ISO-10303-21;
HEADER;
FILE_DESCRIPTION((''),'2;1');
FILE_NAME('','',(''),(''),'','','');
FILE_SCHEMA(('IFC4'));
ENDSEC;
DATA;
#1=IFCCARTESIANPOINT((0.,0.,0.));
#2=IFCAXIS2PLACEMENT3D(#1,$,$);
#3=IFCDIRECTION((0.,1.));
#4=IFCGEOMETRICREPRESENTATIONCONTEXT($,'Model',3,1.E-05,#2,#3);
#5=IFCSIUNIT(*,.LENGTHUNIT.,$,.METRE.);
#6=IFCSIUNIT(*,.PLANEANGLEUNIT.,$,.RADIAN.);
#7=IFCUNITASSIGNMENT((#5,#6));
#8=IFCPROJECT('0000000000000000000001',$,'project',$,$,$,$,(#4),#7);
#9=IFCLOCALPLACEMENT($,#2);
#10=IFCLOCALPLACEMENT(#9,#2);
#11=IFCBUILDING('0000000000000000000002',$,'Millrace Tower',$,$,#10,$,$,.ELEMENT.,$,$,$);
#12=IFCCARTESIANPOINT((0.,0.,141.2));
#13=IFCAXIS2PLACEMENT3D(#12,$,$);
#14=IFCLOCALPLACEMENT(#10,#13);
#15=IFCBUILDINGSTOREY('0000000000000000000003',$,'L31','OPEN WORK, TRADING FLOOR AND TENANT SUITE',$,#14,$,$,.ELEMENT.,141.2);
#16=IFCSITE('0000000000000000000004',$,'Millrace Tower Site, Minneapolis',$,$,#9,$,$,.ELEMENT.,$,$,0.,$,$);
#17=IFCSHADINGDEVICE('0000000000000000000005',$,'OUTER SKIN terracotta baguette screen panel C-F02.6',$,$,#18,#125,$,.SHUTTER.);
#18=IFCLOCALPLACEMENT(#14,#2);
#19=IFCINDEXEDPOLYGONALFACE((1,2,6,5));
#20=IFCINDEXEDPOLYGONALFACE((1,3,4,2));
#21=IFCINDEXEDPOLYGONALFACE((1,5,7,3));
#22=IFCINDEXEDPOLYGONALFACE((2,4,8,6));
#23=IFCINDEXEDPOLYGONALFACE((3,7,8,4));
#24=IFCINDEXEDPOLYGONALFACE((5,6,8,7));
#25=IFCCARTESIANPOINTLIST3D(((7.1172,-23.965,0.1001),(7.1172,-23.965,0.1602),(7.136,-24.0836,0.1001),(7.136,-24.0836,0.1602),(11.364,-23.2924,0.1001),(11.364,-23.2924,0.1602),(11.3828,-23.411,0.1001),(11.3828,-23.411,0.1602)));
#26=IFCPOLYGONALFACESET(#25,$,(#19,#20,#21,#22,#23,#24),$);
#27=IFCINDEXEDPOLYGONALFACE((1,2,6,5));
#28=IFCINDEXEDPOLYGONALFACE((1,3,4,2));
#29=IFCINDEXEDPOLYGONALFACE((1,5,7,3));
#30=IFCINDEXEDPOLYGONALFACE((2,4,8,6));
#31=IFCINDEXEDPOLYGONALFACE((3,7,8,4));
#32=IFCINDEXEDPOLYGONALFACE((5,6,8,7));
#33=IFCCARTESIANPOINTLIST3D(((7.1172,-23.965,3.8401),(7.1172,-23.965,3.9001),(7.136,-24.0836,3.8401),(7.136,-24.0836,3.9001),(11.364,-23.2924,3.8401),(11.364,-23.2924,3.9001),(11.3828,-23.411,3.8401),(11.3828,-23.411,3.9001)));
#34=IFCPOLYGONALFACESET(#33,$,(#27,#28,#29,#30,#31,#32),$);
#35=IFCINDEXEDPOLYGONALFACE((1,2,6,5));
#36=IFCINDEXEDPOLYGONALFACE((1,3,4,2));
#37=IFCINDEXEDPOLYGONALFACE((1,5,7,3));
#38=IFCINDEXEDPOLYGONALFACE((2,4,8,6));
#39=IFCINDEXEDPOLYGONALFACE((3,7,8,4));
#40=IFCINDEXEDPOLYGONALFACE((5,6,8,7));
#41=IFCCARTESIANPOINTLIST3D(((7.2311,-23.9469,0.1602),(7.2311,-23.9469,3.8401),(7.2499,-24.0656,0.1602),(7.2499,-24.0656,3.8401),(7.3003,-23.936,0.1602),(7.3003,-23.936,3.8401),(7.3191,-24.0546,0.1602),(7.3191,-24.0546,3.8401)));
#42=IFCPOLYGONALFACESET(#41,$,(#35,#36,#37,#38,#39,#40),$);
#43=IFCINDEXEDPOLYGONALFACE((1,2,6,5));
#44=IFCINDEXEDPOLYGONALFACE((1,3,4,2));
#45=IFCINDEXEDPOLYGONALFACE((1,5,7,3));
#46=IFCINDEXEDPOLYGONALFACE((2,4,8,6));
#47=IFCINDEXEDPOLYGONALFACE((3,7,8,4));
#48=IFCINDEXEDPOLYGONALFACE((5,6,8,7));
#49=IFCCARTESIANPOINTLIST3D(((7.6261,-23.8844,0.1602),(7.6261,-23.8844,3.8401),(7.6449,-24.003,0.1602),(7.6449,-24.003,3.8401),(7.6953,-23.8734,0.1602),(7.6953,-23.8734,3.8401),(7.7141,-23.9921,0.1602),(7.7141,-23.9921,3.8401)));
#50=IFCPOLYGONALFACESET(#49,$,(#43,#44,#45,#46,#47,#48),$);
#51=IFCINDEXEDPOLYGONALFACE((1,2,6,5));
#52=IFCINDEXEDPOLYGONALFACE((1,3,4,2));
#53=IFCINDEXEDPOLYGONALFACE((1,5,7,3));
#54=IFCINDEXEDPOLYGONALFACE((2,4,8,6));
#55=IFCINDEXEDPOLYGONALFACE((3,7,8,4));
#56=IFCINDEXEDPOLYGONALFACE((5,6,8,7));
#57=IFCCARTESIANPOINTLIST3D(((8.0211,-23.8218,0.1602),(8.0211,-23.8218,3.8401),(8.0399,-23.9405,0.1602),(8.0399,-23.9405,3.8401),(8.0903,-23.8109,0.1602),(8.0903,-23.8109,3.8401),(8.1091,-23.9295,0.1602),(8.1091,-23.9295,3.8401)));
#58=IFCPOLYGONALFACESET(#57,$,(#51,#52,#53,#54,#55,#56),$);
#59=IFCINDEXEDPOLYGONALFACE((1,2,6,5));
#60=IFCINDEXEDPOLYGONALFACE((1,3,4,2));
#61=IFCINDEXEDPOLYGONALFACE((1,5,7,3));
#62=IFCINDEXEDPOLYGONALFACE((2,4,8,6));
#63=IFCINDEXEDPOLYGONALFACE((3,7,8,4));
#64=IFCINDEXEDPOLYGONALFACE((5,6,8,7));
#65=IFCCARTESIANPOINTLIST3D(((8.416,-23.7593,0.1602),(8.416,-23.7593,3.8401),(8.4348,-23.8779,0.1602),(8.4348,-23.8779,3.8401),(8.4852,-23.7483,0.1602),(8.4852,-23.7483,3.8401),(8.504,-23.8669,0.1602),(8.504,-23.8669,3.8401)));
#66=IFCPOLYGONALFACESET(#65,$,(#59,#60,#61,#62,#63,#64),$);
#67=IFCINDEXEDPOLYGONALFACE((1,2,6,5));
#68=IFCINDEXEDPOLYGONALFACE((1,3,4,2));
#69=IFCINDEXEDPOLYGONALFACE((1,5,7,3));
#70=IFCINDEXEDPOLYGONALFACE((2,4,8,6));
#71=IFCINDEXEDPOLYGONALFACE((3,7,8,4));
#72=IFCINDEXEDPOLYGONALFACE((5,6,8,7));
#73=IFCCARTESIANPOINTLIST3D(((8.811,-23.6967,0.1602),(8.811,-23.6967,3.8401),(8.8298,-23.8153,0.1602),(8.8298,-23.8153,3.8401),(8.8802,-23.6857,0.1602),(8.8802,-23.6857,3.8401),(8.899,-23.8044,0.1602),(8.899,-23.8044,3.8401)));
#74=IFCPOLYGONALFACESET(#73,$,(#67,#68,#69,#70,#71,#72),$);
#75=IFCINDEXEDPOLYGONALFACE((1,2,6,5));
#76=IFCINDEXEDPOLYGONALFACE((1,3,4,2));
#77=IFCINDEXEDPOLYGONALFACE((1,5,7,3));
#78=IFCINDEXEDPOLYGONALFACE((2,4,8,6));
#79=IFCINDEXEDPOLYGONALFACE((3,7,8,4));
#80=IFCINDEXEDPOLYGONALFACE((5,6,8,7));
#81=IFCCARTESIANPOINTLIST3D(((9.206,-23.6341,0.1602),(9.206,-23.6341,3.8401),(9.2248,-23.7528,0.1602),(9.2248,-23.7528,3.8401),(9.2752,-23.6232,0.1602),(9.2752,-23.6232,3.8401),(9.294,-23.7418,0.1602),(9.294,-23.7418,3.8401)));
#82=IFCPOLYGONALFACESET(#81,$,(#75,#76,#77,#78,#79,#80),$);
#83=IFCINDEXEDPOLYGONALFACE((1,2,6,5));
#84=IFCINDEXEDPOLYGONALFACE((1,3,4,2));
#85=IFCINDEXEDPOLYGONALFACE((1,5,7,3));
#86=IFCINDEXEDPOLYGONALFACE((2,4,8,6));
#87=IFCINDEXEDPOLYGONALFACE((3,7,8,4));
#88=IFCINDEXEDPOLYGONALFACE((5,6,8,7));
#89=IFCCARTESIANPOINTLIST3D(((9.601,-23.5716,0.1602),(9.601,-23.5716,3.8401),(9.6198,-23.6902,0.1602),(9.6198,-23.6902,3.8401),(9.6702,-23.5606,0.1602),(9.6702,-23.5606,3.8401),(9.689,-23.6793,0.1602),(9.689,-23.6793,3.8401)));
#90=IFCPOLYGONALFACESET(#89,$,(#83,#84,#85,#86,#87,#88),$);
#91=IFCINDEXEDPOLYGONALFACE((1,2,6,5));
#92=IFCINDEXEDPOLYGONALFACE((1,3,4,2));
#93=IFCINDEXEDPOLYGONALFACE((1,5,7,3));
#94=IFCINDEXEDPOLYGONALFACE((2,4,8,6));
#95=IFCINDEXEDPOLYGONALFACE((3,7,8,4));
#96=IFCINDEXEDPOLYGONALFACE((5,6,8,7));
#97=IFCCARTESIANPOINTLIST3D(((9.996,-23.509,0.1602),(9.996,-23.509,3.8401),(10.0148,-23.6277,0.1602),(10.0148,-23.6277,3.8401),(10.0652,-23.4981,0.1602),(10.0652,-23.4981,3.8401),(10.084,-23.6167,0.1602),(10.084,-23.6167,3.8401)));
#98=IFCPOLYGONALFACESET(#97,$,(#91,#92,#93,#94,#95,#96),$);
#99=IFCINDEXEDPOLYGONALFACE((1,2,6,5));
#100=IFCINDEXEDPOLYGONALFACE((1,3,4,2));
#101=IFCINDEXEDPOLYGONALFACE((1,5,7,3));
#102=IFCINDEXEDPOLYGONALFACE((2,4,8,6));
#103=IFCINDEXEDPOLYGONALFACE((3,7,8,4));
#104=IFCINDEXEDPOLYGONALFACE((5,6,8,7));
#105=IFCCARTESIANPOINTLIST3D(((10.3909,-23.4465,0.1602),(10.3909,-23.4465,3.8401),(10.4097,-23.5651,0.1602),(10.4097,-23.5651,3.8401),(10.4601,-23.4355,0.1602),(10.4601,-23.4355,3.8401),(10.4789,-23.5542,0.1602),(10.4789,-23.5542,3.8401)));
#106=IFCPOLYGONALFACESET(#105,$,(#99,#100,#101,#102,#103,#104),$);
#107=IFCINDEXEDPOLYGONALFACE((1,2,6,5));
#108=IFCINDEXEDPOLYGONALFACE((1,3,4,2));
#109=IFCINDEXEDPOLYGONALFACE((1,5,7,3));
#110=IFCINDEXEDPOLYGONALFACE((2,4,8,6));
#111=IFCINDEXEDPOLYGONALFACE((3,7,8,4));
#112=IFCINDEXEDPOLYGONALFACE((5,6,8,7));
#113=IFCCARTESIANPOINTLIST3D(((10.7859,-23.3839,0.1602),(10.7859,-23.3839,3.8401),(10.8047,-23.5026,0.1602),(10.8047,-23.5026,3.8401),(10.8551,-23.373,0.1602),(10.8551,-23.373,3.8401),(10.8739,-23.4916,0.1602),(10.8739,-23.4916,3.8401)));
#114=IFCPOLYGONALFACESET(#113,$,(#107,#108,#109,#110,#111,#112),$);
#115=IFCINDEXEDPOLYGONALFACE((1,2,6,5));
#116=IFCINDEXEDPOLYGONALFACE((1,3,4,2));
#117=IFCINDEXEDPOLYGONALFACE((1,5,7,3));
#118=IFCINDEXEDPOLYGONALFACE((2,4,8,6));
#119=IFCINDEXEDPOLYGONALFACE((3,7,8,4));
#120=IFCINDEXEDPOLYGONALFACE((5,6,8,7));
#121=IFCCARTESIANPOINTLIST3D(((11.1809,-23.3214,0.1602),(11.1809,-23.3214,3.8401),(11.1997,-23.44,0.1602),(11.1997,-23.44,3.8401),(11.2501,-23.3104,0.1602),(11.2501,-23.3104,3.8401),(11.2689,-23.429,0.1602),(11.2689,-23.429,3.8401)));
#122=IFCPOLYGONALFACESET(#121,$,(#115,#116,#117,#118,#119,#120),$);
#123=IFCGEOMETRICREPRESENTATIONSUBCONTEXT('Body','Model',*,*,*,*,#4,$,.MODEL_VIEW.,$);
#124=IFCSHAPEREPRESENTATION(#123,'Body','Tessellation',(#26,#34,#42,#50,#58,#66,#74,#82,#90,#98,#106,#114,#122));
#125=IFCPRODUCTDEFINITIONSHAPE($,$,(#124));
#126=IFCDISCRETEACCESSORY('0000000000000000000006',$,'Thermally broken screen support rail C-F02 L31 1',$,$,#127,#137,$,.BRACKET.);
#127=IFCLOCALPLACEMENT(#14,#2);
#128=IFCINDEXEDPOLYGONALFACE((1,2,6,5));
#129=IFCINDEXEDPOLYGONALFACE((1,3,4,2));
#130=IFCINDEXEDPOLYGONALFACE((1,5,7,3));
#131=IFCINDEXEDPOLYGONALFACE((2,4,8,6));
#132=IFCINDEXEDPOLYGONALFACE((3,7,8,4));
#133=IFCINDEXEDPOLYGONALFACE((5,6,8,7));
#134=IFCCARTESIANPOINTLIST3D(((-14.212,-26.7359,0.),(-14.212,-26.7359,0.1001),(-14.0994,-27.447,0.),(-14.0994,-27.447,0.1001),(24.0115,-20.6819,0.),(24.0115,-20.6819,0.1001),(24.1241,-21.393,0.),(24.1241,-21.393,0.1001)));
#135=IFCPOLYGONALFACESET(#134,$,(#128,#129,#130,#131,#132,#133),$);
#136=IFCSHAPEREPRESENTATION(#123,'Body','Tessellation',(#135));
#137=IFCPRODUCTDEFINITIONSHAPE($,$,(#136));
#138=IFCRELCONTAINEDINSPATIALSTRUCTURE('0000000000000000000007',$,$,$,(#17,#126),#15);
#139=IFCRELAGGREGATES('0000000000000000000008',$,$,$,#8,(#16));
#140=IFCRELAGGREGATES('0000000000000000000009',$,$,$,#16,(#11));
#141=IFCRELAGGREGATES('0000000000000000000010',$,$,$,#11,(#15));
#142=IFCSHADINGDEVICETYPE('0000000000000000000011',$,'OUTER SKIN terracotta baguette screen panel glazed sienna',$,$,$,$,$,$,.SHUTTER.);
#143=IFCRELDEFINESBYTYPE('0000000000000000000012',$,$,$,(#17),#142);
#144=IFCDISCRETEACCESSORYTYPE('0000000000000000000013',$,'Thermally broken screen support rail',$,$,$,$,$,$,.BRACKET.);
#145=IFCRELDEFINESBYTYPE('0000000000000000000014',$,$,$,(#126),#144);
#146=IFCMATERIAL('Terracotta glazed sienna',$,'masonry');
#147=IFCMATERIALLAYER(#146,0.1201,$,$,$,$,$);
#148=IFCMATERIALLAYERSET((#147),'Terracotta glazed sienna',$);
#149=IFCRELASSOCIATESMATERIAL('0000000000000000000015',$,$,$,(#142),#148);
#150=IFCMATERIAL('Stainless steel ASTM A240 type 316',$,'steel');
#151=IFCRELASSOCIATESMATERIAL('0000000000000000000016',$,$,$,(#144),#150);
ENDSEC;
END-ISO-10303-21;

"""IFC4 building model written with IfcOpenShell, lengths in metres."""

from ifc_helpers import new_model, entity, si_unit, direction, frame, frame_2d, origin, origin_2d, place, context, subcontext, project, spatial, rectangle, extrude, source, transform, mapped, material, layer, layer_set, type_object, element, save


model = new_model("IFC4")

# Units and contexts
model_context = context("Model", 3, precision=1e-05, world=origin(), true_north=direction((0.0, 1.0)))
body_context = subcontext(model_context, "Body", "Model", "MODEL_VIEW")
ifc_project = project(units=[si_unit("LENGTHUNIT", "METRE"), si_unit("PLANEANGLEUNIT", "RADIAN")], contexts=[model_context])

# Site, building, storey
site_placement = place(None, origin())
site = spatial("IfcSite", under=ifc_project, at=site_placement, Name="Millrace Tower Site, Minneapolis", CompositionType="ELEMENT", RefElevation=0.0)
building_placement = place(site_placement, origin())
building = spatial("IfcBuilding", under=site, at=building_placement, Name="Millrace Tower", CompositionType="ELEMENT")
storey_placement = place(building_placement, frame((0.0, 0.0, 141.2)))
storey = spatial("IfcBuildingStorey", under=building, at=storey_placement, Name="L31", Description="OPEN WORK, TRADING FLOOR AND TENANT SUITE", CompositionType="ELEMENT", Elevation=141.2)

# Shading device
ifc_material_1 = material(Name="Terracotta glazed sienna", Category="masonry")
ifc_layer_1 = layer(ifc_material_1, 0.1201)
ifc_layer_set_1 = layer_set([ifc_layer_1], Name="Terracotta glazed sienna")
shading_device_type = type_object("IfcShadingDeviceType", Name="OUTER SKIN terracotta baguette screen panel glazed sienna", PredefinedType="SHUTTER", material=ifc_layer_set_1)
cartesian_point = entity("IfcCartesianPoint", [-2.1499, 0.0601])
shared_polyline = entity("IfcPolyline", [cartesian_point, entity("IfcCartesianPoint", [2.1499, 0.0601]), entity("IfcCartesianPoint", [2.1499, -0.0601]), entity("IfcCartesianPoint", [-2.1499, -0.0601]), cartesian_point])
shared_shape = source(origin(), body_context, "Body", "SweptSolid", [
    entity("IfcExtrudedAreaSolid", entity("IfcArbitraryClosedProfileDef", "AREA", None, shared_polyline), entity("IfcAxis2Placement3D", entity("IfcCartesianPoint", [0.0, 0.0, 0.0])), entity("IfcDirection", [0.0, 0.0, 1.0]), 0.0601),
    entity("IfcExtrudedAreaSolid", entity("IfcArbitraryClosedProfileDef", "AREA", None, shared_polyline), entity("IfcAxis2Placement3D", entity("IfcCartesianPoint", [0.0, 0.0, 3.74])), entity("IfcDirection", [0.0, 0.0, 1.0]), 0.0601),
    extrude(rectangle(XDim=0.0701, YDim=0.1201, at=frame_2d((-1.9995, 0.0))), frame((0.0, 0.0, 0.0601)), (0.0, 0.0, 1.0), 3.6799),
    extrude(rectangle(XDim=0.0701, YDim=0.1201, at=frame_2d((-1.5996, 0.0))), frame((0.0, 0.0, 0.0601)), (0.0, 0.0, 1.0), 3.6799),
    extrude(rectangle(XDim=0.0701, YDim=0.1201, at=frame_2d((-1.1997, 0.0))), frame((0.0, 0.0, 0.0601)), (0.0, 0.0, 1.0), 3.6799),
    extrude(rectangle(XDim=0.0701, YDim=0.1201, at=frame_2d((-0.7998, 0.0))), frame((0.0, 0.0, 0.0601)), (0.0, 0.0, 1.0), 3.6799),
    extrude(rectangle(XDim=0.0701, YDim=0.1201, at=frame_2d((-0.3999, 0.0))), frame((0.0, 0.0, 0.0601)), (0.0, 0.0, 1.0), 3.6799),
    extrude(rectangle(XDim=0.0701, YDim=0.1201, at=origin_2d()), frame((0.0, 0.0, 0.0601)), (0.0, 0.0, 1.0), 3.6799),
    extrude(rectangle(XDim=0.0701, YDim=0.1201, at=frame_2d((0.3999, 0.0))), frame((0.0, 0.0, 0.0601)), (0.0, 0.0, 1.0), 3.6799),
    extrude(rectangle(XDim=0.0701, YDim=0.1201, at=frame_2d((0.7998, 0.0))), frame((0.0, 0.0, 0.0601)), (0.0, 0.0, 1.0), 3.6799),
    extrude(rectangle(XDim=0.0701, YDim=0.1201, at=frame_2d((1.1997, 0.0))), frame((0.0, 0.0, 0.0601)), (0.0, 0.0, 1.0), 3.6799),
    extrude(rectangle(XDim=0.0701, YDim=0.1201, at=frame_2d((1.5996, 0.0))), frame((0.0, 0.0, 0.0601)), (0.0, 0.0, 1.0), 3.6799),
    extrude(rectangle(XDim=0.0701, YDim=0.1201, at=frame_2d((1.9995, 0.0))), frame((0.0, 0.0, 0.0601)), (0.0, 0.0, 1.0), 3.6799),
])
for number, where, z_axis, x_axis, name in (
    (1, (9.25, -23.688, 0.1001), (0.0, 0.0, 1.0), (0.987688, 0.156434, 0.0), "OUTER SKIN terracotta baguette screen panel C-F02.6"),
):
    element("IfcShadingDevice", number, at=place(storey_placement, frame(where, z_axis=z_axis, x_axis=x_axis)), inside=storey, type_object=shading_device_type, Name=name, PredefinedType="SHUTTER", context=body_context, shape_type="MappedRepresentation", body=[
        mapped(shared_shape, transform((0.0, 0.0, 0.0), scale=1.0)),
    ])

# Discrete accessory
ifc_material_2 = material(Name="Stainless steel ASTM A240 type 316", Category="steel")
discrete_accessory_type = type_object("IfcDiscreteAccessoryType", Name="Thermally broken screen support rail", PredefinedType="BRACKET", material=ifc_material_2)
discrete_accessory_placement = place(storey_placement, frame((4.9561, -24.0645, 0.0), z_axis=(0.0, 0.0, 1.0), x_axis=(0.987688, 0.156434, 0.0)))
element("IfcDiscreteAccessory", 2, at=discrete_accessory_placement, inside=storey, type_object=discrete_accessory_type, Name="Thermally broken screen support rail C-F02 L31 1", PredefinedType="BRACKET", context=body_context, shape_type="SweptSolid", body=[
    extrude(rectangle(XDim=38.7, YDim=0.72, at=origin_2d()), origin(), (0.0, 0.0, 1.0), 0.1001),
])

save(model, "model.ifc")
